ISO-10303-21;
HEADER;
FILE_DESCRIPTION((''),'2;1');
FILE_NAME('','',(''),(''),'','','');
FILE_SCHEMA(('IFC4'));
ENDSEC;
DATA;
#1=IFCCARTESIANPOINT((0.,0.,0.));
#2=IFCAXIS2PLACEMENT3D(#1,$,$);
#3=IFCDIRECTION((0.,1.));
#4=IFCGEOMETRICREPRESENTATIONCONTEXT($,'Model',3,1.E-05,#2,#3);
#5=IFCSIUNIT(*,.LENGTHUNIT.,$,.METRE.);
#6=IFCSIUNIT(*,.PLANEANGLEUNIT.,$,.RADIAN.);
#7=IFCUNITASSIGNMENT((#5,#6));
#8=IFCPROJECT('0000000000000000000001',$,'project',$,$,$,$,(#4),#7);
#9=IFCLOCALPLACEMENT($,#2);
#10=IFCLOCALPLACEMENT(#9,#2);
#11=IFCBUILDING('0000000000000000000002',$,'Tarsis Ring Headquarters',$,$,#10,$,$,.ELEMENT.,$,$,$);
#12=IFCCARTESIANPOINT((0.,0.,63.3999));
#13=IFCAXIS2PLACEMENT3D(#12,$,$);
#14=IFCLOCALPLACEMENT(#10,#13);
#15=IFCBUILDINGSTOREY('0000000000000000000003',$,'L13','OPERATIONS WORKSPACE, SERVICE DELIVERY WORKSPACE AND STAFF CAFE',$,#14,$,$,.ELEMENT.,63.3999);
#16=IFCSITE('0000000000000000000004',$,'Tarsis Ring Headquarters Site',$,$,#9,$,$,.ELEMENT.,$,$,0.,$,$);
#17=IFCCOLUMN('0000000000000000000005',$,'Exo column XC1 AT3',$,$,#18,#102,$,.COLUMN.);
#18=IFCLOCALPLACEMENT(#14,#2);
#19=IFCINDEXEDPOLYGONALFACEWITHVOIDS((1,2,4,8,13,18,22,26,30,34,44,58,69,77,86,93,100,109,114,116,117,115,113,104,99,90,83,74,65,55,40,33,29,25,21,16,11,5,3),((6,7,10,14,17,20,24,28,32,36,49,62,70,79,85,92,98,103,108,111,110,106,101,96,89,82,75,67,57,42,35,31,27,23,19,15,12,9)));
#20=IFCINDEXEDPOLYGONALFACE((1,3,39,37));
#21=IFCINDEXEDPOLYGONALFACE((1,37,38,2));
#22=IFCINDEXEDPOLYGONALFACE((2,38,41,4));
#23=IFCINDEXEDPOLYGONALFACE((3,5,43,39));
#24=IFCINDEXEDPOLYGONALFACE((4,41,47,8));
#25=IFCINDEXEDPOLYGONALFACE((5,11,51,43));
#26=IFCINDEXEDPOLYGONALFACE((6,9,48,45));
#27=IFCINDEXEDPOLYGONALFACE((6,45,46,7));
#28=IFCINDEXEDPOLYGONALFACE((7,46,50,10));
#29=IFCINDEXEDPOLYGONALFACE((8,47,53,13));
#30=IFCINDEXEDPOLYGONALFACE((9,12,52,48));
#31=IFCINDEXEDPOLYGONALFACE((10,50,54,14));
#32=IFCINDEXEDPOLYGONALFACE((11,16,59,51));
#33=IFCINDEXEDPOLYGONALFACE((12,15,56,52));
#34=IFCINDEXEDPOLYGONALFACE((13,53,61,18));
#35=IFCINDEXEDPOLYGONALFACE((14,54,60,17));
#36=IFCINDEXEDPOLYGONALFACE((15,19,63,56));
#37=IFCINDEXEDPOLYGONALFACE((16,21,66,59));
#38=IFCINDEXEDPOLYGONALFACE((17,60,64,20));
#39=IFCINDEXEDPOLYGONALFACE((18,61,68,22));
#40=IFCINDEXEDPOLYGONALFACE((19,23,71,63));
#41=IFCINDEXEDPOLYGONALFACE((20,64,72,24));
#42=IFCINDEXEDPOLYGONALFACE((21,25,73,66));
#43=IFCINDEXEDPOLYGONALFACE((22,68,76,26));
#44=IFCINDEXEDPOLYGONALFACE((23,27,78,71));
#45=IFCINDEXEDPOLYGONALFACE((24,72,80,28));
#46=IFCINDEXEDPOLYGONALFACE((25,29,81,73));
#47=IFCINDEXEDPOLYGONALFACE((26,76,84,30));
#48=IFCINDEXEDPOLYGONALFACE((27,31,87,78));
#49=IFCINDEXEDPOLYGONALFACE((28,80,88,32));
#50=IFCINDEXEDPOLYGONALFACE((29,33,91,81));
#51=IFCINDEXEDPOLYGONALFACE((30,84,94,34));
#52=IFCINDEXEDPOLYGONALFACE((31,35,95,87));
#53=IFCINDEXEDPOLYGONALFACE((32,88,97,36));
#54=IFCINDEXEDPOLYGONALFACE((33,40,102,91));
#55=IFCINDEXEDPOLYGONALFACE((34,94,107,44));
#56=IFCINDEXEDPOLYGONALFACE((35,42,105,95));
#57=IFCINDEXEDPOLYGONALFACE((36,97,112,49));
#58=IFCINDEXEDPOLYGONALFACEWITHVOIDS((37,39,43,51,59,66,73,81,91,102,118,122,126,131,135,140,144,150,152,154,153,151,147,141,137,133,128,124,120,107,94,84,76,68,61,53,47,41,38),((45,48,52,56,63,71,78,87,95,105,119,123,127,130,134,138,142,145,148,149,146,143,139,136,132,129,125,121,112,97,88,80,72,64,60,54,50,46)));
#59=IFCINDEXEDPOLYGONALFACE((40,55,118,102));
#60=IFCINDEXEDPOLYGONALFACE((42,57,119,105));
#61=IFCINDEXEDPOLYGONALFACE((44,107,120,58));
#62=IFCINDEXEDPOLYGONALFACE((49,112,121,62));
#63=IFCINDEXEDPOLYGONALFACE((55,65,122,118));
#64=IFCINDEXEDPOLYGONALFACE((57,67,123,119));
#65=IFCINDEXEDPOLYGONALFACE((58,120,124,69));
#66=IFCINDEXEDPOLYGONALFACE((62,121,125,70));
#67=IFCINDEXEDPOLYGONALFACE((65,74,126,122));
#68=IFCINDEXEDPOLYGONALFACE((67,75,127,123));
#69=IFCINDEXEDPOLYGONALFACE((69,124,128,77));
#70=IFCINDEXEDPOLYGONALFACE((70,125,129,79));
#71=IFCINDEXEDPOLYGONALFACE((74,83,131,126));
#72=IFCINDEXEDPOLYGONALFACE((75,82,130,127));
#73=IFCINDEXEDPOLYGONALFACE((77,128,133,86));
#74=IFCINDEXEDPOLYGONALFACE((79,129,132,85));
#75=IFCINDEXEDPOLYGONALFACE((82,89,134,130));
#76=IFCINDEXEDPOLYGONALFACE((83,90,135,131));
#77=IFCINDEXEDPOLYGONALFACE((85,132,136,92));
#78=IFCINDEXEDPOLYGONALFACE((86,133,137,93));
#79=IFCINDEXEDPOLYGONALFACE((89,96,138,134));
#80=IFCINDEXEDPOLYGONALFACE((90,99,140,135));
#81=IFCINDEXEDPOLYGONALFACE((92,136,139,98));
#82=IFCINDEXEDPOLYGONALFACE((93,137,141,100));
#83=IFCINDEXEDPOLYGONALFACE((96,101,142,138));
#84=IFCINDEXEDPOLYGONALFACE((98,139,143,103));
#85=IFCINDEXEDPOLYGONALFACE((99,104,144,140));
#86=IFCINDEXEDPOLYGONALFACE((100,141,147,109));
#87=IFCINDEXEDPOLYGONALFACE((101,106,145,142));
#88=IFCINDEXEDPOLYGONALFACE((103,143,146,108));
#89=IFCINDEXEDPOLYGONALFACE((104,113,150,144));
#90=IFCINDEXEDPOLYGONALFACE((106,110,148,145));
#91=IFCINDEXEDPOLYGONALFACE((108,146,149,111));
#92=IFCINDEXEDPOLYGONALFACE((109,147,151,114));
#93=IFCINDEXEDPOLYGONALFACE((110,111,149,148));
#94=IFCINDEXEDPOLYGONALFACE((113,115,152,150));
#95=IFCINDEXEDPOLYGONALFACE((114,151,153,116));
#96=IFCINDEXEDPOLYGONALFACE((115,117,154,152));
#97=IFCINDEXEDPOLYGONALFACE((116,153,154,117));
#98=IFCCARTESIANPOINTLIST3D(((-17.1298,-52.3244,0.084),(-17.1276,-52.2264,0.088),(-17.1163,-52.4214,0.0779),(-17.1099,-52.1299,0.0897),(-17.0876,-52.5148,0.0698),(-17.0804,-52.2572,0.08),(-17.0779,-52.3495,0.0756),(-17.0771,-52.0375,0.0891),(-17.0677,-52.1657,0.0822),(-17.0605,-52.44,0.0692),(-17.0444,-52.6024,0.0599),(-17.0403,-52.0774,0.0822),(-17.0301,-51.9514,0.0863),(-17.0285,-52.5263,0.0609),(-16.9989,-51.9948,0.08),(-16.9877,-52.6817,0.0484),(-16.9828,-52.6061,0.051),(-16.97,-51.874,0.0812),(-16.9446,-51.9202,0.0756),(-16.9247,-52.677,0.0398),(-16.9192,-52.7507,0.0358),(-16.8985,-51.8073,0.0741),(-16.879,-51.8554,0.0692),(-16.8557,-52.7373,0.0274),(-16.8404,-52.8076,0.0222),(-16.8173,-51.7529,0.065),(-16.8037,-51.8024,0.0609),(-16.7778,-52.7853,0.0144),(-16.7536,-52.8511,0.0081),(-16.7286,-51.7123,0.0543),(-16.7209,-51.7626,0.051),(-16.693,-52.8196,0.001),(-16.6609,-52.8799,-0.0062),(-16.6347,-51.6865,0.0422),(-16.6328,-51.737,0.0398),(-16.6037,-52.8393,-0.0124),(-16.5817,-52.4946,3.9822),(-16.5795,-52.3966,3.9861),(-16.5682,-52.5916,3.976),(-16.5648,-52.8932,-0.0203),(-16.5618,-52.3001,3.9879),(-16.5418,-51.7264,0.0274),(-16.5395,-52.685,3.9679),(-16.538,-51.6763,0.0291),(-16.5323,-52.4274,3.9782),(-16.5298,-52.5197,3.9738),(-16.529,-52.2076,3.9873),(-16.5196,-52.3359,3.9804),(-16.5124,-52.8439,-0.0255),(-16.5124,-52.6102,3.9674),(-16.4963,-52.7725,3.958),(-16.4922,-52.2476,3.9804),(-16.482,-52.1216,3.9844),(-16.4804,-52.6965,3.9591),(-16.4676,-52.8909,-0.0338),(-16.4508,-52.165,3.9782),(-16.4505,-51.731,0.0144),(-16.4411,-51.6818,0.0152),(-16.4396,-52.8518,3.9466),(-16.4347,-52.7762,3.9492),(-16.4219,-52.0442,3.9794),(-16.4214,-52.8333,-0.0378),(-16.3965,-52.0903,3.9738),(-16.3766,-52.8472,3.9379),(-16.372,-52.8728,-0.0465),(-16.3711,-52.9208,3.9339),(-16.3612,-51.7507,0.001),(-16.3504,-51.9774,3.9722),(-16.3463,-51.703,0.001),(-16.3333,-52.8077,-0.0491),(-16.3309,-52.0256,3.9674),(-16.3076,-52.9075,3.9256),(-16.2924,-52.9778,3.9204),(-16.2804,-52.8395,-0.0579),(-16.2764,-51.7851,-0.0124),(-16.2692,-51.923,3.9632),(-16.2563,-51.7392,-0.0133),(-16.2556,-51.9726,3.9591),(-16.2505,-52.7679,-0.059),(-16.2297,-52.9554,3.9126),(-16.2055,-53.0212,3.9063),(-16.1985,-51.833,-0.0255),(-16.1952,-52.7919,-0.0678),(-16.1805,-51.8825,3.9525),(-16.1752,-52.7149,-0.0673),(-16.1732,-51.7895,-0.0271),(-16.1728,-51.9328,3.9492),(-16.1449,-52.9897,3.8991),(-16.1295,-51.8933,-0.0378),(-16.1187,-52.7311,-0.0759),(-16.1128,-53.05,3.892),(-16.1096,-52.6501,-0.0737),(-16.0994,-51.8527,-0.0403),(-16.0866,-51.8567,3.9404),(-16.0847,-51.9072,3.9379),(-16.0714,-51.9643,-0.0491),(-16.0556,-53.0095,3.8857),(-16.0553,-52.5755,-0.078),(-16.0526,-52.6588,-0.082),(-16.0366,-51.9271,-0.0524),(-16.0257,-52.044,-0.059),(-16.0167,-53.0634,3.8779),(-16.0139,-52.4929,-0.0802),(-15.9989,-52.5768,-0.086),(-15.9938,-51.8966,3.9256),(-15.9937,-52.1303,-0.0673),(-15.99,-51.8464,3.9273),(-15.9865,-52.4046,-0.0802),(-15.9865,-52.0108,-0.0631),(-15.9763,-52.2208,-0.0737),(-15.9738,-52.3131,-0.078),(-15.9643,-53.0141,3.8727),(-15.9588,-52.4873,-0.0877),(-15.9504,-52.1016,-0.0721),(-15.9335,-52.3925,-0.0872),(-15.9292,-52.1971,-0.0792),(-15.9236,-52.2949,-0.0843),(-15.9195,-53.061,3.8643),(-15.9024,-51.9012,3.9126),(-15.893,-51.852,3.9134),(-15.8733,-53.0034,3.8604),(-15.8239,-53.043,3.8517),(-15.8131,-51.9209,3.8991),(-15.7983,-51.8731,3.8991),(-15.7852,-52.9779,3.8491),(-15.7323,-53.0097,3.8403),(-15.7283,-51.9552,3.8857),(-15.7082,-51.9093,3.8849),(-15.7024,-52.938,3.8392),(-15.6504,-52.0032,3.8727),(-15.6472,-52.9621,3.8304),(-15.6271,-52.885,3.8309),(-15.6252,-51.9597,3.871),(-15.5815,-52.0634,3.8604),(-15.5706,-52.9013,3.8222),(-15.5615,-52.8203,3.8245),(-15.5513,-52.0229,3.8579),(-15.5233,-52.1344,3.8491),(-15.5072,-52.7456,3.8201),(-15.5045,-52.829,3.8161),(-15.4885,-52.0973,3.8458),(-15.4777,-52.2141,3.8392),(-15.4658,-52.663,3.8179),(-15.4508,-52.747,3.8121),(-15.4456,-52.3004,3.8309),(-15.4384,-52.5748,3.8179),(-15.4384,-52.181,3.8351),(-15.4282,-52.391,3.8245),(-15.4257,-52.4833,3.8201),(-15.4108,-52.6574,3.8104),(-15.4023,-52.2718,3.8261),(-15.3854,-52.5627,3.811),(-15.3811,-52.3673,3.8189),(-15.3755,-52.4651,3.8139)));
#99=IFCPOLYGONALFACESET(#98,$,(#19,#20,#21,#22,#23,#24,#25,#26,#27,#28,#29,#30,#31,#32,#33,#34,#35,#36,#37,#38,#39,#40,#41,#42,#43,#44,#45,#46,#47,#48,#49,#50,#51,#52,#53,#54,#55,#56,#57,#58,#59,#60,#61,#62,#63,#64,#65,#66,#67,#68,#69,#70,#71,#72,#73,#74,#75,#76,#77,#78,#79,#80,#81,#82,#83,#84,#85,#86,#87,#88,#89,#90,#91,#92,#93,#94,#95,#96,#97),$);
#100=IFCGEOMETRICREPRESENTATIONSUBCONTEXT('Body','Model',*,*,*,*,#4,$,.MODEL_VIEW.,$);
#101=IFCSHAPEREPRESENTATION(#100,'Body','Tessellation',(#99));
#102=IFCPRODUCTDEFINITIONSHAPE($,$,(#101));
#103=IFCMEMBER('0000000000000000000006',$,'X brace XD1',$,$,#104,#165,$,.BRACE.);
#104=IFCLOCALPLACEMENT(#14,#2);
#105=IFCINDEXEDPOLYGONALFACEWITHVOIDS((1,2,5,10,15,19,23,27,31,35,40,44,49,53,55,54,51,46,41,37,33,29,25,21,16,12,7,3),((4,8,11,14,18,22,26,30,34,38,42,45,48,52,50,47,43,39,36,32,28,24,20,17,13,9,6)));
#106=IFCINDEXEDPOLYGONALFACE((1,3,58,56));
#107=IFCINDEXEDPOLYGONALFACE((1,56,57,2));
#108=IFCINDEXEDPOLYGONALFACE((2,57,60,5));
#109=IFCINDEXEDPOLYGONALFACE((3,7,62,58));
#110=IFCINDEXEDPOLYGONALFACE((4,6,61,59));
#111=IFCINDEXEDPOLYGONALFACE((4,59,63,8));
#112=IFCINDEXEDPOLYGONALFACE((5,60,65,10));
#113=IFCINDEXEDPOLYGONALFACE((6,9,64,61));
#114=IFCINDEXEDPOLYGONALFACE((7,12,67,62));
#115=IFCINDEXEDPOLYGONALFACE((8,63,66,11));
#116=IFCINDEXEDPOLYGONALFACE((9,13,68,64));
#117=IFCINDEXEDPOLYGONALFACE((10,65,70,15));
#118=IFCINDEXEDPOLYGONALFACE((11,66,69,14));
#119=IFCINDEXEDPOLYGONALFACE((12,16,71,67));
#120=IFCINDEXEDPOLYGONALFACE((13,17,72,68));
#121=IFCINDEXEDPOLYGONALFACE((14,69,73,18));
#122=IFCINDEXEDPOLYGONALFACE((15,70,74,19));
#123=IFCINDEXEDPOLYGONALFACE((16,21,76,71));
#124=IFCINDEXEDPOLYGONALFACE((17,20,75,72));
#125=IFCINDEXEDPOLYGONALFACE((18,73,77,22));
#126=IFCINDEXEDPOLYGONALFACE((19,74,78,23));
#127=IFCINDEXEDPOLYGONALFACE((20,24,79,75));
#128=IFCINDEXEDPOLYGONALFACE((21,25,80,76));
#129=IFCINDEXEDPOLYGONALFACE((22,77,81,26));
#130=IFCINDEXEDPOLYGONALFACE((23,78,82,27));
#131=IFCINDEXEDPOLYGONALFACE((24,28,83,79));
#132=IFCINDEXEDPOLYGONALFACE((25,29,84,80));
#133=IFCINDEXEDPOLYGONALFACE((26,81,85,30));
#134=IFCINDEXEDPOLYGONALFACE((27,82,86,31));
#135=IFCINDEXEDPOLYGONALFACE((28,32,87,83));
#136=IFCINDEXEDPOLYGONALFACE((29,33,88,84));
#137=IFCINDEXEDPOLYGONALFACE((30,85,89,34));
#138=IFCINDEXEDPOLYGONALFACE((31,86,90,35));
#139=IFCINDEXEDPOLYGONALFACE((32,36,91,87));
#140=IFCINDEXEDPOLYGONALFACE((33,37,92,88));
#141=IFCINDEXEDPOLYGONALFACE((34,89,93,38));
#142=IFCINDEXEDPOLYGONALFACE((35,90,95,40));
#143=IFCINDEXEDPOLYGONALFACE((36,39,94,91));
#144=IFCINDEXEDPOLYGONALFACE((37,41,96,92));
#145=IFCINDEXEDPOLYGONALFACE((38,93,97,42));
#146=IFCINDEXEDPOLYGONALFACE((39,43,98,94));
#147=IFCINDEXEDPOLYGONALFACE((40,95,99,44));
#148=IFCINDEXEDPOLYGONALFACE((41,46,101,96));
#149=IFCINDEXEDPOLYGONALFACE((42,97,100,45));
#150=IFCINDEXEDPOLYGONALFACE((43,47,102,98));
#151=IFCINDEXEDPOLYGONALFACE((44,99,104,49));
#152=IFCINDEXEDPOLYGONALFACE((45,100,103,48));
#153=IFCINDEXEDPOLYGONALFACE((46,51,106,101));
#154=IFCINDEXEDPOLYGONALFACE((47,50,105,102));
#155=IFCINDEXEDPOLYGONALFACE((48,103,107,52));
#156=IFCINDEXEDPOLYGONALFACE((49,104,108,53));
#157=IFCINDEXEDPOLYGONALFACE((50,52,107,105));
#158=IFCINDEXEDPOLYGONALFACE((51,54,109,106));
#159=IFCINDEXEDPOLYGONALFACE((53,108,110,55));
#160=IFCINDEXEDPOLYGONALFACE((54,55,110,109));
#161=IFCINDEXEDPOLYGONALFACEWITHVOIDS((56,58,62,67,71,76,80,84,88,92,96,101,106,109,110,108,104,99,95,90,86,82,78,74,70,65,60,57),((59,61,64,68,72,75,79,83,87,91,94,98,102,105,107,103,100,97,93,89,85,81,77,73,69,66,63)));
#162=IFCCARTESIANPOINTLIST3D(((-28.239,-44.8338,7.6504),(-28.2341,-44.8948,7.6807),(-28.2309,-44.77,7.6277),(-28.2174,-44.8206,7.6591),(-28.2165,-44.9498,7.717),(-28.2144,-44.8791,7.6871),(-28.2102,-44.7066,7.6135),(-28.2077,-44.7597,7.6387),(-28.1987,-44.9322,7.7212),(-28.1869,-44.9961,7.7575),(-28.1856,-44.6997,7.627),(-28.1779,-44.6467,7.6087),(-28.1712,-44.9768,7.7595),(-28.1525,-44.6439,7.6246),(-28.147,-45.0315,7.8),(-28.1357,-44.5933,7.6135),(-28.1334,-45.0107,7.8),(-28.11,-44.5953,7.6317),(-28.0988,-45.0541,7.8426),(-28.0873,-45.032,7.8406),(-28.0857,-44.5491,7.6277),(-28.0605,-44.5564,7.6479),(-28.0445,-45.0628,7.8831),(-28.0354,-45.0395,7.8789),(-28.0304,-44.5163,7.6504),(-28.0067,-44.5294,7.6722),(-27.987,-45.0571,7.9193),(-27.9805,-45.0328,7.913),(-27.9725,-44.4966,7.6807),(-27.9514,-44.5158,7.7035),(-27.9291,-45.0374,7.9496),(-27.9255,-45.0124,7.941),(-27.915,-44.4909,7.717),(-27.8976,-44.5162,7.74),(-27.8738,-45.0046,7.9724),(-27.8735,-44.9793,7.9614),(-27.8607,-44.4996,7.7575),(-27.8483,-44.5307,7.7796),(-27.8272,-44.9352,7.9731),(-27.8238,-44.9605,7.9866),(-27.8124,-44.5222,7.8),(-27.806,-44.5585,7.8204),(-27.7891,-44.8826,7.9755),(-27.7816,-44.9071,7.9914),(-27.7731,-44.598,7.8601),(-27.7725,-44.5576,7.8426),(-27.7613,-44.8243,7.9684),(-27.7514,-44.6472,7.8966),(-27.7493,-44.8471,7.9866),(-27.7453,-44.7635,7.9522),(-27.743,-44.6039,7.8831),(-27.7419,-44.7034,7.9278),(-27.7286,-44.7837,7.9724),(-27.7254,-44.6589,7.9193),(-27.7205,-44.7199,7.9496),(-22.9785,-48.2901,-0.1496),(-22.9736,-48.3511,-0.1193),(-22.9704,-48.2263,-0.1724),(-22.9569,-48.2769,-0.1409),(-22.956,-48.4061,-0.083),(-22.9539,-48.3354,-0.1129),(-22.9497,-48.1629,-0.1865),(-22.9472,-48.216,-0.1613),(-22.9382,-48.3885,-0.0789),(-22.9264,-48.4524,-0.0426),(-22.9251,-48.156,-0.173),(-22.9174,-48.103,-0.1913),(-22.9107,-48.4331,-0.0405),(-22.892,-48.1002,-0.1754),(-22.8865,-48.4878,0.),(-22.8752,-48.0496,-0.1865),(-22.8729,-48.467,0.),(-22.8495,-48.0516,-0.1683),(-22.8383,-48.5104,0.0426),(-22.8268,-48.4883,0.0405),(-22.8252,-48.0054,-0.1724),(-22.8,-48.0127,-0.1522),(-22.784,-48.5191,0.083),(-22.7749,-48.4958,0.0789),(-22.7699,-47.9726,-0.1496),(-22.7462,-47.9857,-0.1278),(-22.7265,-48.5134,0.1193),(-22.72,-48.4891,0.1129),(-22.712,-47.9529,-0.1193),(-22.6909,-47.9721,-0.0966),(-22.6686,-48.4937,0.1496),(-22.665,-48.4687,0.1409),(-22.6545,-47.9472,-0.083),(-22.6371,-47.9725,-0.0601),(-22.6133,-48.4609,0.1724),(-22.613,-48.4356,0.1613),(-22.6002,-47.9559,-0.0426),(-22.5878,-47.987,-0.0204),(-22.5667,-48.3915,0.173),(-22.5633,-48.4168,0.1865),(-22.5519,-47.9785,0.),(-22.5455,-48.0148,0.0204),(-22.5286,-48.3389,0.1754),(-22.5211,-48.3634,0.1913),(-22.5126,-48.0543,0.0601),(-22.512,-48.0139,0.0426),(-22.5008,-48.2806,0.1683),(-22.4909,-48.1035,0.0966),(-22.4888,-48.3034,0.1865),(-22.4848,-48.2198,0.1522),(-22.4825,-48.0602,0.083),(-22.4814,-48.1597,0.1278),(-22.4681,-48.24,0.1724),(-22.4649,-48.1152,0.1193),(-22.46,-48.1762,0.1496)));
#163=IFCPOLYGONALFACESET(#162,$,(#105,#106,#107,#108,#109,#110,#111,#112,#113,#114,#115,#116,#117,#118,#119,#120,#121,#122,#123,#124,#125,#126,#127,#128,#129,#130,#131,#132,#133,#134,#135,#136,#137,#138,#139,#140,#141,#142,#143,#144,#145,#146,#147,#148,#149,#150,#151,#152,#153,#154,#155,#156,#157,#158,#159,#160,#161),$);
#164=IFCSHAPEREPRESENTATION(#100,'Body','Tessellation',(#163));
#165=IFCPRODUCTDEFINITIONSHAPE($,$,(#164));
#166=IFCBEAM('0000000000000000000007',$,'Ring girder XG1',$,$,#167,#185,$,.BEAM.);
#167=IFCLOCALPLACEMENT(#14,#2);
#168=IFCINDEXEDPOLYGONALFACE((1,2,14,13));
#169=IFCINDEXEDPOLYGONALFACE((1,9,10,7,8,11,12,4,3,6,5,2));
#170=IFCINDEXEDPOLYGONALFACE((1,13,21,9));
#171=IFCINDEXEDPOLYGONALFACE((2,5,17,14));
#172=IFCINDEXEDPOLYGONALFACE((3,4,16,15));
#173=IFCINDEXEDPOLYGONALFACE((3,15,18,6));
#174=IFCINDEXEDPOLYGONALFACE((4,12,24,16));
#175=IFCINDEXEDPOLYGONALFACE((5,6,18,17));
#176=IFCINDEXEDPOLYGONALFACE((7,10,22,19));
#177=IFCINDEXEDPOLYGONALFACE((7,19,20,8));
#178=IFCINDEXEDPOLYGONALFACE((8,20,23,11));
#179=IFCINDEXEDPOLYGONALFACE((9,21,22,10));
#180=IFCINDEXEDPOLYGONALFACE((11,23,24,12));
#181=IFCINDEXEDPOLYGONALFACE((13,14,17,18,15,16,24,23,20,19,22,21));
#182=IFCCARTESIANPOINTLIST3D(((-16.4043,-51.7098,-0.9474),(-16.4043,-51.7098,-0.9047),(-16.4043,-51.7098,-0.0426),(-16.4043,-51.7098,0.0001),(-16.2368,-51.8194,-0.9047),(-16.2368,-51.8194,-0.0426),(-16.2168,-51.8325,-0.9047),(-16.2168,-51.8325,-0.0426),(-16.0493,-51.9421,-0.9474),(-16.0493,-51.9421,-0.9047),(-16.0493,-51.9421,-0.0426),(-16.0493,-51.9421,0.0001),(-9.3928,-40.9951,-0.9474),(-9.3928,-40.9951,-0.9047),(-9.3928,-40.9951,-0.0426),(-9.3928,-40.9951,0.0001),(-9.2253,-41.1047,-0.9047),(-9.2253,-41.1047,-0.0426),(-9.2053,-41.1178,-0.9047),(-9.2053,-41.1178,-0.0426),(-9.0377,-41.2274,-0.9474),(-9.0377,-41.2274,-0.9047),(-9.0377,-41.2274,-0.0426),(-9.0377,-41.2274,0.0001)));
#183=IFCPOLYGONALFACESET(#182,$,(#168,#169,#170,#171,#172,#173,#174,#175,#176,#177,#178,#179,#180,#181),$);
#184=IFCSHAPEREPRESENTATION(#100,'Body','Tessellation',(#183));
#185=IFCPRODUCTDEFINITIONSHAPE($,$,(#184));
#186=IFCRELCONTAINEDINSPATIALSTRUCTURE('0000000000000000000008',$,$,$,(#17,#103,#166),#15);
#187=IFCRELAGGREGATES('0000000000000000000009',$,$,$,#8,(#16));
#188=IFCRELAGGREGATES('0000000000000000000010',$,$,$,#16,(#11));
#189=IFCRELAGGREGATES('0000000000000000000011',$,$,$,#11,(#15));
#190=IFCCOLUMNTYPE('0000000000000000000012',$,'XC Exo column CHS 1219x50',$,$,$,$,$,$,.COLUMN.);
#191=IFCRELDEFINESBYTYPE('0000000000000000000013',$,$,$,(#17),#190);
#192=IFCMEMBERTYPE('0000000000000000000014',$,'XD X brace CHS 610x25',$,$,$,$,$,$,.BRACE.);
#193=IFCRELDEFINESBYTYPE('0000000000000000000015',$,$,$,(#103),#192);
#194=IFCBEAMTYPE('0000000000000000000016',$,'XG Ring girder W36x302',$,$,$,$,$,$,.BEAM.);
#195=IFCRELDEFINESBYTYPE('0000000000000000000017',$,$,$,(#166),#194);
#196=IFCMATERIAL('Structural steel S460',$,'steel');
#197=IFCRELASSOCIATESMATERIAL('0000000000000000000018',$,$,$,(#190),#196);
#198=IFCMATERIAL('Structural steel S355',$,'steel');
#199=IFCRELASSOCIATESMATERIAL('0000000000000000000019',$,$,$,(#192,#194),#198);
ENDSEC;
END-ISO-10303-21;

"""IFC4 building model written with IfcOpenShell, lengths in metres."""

from ifc_helpers import new_model, si_unit, direction, frame, origin, origin_2d, place, context, subcontext, project, spatial, hollow_circle, i_section, extrude, material, material_profile, profile_set, type_object, element, save


model = new_model("IFC4")

# Units and contexts
model_context = context("Model", 3, precision=1e-05, world=origin(), true_north=direction((0.0, 1.0)))
body_context = subcontext(model_context, "Body", "Model", "MODEL_VIEW")
ifc_project = project(units=[si_unit("LENGTHUNIT", "METRE"), si_unit("PLANEANGLEUNIT", "RADIAN")], contexts=[model_context])

# Site, building, storey
site_placement = place(None, origin())
site = spatial("IfcSite", under=ifc_project, at=site_placement, Name="Tarsis Ring Headquarters Site", CompositionType="ELEMENT", RefElevation=0.0)
building_placement = place(site_placement, origin())
building = spatial("IfcBuilding", under=site, at=building_placement, Name="Tarsis Ring Headquarters", CompositionType="ELEMENT")
storey_placement = place(building_placement, frame((0.0, 0.0, 63.3999)))
storey = spatial("IfcBuildingStorey", under=building, at=storey_placement, Name="L13", Description="OPERATIONS WORKSPACE, SERVICE DELIVERY WORKSPACE AND STAFF CAFE", CompositionType="ELEMENT", Elevation=63.3999)

# Column
ifc_material_1 = material(Name="Structural steel S460", Category="steel")
ifc_material_profile_1 = material_profile(ifc_material_1, hollow_circle(Radius=0.6096, WallThickness=0.05, at=origin_2d()), Name="CHS 1219x50")
ifc_profile_set_1 = profile_set([ifc_material_profile_1], Name="Structural steel S460")
column_type = type_object("IfcColumnType", Name="XC Exo column CHS 1219x50", PredefinedType="COLUMN", material=ifc_profile_set_1)
column_placement = place(storey_placement, frame((-16.5271, -52.2852, 0.001), z_axis=(0.139103, -0.043187, 0.989336), x_axis=(0.296506, 0.955031, 0.0)))
element("IfcColumn", 1, at=column_placement, inside=storey, type_object=column_type, Name="Exo column XC1 AT3", PredefinedType="COLUMN", context=body_context, shape_type="SweptSolid", body=[
    extrude(hollow_circle(Radius=0.6096, WallThickness=0.05, at=origin_2d()), origin(), (0.0, 0.0, 1.0), 3.9402),
])

# Member
ifc_material_2 = material(Name="Structural steel S355", Category="steel")
ifc_material_profile_2 = material_profile(ifc_material_2, hollow_circle(Radius=0.3047, WallThickness=0.0249, at=origin_2d()), Name="CHS 610x25")
ifc_profile_set_2 = profile_set([ifc_material_profile_2], Name="Structural steel S355")
member_type = type_object("IfcMemberType", Name="XD X brace CHS 610x25", PredefinedType="BRACE", material=ifc_profile_set_2)
member_placement = place(storey_placement, frame((-22.7192, -48.2332, 0.0), z_axis=(-0.524845, 0.344838, 0.778219), x_axis=(-0.549111, -0.835749, 0.0)))
element("IfcMember", 2, at=member_placement, inside=storey, type_object=member_type, Name="X brace XD1", PredefinedType="BRACE", context=body_context, shape_type="SweptSolid", body=[
    extrude(hollow_circle(Radius=0.3047, WallThickness=0.0249, at=origin_2d()), origin(), (0.0, 0.0, 1.0), 10.0229),
])

# Beam
ifc_material_profile_3 = material_profile(ifc_material_2, i_section(OverallWidth=0.4243, OverallDepth=0.9475, WebThickness=0.0239, FlangeThickness=0.0427, at=origin_2d()), Name="W36x302")
ifc_profile_set_3 = profile_set([ifc_material_profile_3], Name="Structural steel S355")
beam_type = type_object("IfcBeamType", Name="XG Ring girder W36x302", PredefinedType="BEAM", material=ifc_profile_set_3)
beam_placement = place(storey_placement, frame((-16.2268, -51.8259, -0.4736), z_axis=(0.547565, 0.836763, 0.0), x_axis=(-0.836763, 0.547565, 0.0)))
element("IfcBeam", 3, at=beam_placement, inside=storey, type_object=beam_type, Name="Ring girder XG1", PredefinedType="BEAM", context=body_context, shape_type="SweptSolid", body=[
    extrude(i_section(OverallWidth=0.4243, OverallDepth=0.9475, WebThickness=0.0239, FlangeThickness=0.0427, at=origin_2d()), origin(), (0.0, 0.0, 1.0), 12.8049),
])

save(model, "model.ifc")
